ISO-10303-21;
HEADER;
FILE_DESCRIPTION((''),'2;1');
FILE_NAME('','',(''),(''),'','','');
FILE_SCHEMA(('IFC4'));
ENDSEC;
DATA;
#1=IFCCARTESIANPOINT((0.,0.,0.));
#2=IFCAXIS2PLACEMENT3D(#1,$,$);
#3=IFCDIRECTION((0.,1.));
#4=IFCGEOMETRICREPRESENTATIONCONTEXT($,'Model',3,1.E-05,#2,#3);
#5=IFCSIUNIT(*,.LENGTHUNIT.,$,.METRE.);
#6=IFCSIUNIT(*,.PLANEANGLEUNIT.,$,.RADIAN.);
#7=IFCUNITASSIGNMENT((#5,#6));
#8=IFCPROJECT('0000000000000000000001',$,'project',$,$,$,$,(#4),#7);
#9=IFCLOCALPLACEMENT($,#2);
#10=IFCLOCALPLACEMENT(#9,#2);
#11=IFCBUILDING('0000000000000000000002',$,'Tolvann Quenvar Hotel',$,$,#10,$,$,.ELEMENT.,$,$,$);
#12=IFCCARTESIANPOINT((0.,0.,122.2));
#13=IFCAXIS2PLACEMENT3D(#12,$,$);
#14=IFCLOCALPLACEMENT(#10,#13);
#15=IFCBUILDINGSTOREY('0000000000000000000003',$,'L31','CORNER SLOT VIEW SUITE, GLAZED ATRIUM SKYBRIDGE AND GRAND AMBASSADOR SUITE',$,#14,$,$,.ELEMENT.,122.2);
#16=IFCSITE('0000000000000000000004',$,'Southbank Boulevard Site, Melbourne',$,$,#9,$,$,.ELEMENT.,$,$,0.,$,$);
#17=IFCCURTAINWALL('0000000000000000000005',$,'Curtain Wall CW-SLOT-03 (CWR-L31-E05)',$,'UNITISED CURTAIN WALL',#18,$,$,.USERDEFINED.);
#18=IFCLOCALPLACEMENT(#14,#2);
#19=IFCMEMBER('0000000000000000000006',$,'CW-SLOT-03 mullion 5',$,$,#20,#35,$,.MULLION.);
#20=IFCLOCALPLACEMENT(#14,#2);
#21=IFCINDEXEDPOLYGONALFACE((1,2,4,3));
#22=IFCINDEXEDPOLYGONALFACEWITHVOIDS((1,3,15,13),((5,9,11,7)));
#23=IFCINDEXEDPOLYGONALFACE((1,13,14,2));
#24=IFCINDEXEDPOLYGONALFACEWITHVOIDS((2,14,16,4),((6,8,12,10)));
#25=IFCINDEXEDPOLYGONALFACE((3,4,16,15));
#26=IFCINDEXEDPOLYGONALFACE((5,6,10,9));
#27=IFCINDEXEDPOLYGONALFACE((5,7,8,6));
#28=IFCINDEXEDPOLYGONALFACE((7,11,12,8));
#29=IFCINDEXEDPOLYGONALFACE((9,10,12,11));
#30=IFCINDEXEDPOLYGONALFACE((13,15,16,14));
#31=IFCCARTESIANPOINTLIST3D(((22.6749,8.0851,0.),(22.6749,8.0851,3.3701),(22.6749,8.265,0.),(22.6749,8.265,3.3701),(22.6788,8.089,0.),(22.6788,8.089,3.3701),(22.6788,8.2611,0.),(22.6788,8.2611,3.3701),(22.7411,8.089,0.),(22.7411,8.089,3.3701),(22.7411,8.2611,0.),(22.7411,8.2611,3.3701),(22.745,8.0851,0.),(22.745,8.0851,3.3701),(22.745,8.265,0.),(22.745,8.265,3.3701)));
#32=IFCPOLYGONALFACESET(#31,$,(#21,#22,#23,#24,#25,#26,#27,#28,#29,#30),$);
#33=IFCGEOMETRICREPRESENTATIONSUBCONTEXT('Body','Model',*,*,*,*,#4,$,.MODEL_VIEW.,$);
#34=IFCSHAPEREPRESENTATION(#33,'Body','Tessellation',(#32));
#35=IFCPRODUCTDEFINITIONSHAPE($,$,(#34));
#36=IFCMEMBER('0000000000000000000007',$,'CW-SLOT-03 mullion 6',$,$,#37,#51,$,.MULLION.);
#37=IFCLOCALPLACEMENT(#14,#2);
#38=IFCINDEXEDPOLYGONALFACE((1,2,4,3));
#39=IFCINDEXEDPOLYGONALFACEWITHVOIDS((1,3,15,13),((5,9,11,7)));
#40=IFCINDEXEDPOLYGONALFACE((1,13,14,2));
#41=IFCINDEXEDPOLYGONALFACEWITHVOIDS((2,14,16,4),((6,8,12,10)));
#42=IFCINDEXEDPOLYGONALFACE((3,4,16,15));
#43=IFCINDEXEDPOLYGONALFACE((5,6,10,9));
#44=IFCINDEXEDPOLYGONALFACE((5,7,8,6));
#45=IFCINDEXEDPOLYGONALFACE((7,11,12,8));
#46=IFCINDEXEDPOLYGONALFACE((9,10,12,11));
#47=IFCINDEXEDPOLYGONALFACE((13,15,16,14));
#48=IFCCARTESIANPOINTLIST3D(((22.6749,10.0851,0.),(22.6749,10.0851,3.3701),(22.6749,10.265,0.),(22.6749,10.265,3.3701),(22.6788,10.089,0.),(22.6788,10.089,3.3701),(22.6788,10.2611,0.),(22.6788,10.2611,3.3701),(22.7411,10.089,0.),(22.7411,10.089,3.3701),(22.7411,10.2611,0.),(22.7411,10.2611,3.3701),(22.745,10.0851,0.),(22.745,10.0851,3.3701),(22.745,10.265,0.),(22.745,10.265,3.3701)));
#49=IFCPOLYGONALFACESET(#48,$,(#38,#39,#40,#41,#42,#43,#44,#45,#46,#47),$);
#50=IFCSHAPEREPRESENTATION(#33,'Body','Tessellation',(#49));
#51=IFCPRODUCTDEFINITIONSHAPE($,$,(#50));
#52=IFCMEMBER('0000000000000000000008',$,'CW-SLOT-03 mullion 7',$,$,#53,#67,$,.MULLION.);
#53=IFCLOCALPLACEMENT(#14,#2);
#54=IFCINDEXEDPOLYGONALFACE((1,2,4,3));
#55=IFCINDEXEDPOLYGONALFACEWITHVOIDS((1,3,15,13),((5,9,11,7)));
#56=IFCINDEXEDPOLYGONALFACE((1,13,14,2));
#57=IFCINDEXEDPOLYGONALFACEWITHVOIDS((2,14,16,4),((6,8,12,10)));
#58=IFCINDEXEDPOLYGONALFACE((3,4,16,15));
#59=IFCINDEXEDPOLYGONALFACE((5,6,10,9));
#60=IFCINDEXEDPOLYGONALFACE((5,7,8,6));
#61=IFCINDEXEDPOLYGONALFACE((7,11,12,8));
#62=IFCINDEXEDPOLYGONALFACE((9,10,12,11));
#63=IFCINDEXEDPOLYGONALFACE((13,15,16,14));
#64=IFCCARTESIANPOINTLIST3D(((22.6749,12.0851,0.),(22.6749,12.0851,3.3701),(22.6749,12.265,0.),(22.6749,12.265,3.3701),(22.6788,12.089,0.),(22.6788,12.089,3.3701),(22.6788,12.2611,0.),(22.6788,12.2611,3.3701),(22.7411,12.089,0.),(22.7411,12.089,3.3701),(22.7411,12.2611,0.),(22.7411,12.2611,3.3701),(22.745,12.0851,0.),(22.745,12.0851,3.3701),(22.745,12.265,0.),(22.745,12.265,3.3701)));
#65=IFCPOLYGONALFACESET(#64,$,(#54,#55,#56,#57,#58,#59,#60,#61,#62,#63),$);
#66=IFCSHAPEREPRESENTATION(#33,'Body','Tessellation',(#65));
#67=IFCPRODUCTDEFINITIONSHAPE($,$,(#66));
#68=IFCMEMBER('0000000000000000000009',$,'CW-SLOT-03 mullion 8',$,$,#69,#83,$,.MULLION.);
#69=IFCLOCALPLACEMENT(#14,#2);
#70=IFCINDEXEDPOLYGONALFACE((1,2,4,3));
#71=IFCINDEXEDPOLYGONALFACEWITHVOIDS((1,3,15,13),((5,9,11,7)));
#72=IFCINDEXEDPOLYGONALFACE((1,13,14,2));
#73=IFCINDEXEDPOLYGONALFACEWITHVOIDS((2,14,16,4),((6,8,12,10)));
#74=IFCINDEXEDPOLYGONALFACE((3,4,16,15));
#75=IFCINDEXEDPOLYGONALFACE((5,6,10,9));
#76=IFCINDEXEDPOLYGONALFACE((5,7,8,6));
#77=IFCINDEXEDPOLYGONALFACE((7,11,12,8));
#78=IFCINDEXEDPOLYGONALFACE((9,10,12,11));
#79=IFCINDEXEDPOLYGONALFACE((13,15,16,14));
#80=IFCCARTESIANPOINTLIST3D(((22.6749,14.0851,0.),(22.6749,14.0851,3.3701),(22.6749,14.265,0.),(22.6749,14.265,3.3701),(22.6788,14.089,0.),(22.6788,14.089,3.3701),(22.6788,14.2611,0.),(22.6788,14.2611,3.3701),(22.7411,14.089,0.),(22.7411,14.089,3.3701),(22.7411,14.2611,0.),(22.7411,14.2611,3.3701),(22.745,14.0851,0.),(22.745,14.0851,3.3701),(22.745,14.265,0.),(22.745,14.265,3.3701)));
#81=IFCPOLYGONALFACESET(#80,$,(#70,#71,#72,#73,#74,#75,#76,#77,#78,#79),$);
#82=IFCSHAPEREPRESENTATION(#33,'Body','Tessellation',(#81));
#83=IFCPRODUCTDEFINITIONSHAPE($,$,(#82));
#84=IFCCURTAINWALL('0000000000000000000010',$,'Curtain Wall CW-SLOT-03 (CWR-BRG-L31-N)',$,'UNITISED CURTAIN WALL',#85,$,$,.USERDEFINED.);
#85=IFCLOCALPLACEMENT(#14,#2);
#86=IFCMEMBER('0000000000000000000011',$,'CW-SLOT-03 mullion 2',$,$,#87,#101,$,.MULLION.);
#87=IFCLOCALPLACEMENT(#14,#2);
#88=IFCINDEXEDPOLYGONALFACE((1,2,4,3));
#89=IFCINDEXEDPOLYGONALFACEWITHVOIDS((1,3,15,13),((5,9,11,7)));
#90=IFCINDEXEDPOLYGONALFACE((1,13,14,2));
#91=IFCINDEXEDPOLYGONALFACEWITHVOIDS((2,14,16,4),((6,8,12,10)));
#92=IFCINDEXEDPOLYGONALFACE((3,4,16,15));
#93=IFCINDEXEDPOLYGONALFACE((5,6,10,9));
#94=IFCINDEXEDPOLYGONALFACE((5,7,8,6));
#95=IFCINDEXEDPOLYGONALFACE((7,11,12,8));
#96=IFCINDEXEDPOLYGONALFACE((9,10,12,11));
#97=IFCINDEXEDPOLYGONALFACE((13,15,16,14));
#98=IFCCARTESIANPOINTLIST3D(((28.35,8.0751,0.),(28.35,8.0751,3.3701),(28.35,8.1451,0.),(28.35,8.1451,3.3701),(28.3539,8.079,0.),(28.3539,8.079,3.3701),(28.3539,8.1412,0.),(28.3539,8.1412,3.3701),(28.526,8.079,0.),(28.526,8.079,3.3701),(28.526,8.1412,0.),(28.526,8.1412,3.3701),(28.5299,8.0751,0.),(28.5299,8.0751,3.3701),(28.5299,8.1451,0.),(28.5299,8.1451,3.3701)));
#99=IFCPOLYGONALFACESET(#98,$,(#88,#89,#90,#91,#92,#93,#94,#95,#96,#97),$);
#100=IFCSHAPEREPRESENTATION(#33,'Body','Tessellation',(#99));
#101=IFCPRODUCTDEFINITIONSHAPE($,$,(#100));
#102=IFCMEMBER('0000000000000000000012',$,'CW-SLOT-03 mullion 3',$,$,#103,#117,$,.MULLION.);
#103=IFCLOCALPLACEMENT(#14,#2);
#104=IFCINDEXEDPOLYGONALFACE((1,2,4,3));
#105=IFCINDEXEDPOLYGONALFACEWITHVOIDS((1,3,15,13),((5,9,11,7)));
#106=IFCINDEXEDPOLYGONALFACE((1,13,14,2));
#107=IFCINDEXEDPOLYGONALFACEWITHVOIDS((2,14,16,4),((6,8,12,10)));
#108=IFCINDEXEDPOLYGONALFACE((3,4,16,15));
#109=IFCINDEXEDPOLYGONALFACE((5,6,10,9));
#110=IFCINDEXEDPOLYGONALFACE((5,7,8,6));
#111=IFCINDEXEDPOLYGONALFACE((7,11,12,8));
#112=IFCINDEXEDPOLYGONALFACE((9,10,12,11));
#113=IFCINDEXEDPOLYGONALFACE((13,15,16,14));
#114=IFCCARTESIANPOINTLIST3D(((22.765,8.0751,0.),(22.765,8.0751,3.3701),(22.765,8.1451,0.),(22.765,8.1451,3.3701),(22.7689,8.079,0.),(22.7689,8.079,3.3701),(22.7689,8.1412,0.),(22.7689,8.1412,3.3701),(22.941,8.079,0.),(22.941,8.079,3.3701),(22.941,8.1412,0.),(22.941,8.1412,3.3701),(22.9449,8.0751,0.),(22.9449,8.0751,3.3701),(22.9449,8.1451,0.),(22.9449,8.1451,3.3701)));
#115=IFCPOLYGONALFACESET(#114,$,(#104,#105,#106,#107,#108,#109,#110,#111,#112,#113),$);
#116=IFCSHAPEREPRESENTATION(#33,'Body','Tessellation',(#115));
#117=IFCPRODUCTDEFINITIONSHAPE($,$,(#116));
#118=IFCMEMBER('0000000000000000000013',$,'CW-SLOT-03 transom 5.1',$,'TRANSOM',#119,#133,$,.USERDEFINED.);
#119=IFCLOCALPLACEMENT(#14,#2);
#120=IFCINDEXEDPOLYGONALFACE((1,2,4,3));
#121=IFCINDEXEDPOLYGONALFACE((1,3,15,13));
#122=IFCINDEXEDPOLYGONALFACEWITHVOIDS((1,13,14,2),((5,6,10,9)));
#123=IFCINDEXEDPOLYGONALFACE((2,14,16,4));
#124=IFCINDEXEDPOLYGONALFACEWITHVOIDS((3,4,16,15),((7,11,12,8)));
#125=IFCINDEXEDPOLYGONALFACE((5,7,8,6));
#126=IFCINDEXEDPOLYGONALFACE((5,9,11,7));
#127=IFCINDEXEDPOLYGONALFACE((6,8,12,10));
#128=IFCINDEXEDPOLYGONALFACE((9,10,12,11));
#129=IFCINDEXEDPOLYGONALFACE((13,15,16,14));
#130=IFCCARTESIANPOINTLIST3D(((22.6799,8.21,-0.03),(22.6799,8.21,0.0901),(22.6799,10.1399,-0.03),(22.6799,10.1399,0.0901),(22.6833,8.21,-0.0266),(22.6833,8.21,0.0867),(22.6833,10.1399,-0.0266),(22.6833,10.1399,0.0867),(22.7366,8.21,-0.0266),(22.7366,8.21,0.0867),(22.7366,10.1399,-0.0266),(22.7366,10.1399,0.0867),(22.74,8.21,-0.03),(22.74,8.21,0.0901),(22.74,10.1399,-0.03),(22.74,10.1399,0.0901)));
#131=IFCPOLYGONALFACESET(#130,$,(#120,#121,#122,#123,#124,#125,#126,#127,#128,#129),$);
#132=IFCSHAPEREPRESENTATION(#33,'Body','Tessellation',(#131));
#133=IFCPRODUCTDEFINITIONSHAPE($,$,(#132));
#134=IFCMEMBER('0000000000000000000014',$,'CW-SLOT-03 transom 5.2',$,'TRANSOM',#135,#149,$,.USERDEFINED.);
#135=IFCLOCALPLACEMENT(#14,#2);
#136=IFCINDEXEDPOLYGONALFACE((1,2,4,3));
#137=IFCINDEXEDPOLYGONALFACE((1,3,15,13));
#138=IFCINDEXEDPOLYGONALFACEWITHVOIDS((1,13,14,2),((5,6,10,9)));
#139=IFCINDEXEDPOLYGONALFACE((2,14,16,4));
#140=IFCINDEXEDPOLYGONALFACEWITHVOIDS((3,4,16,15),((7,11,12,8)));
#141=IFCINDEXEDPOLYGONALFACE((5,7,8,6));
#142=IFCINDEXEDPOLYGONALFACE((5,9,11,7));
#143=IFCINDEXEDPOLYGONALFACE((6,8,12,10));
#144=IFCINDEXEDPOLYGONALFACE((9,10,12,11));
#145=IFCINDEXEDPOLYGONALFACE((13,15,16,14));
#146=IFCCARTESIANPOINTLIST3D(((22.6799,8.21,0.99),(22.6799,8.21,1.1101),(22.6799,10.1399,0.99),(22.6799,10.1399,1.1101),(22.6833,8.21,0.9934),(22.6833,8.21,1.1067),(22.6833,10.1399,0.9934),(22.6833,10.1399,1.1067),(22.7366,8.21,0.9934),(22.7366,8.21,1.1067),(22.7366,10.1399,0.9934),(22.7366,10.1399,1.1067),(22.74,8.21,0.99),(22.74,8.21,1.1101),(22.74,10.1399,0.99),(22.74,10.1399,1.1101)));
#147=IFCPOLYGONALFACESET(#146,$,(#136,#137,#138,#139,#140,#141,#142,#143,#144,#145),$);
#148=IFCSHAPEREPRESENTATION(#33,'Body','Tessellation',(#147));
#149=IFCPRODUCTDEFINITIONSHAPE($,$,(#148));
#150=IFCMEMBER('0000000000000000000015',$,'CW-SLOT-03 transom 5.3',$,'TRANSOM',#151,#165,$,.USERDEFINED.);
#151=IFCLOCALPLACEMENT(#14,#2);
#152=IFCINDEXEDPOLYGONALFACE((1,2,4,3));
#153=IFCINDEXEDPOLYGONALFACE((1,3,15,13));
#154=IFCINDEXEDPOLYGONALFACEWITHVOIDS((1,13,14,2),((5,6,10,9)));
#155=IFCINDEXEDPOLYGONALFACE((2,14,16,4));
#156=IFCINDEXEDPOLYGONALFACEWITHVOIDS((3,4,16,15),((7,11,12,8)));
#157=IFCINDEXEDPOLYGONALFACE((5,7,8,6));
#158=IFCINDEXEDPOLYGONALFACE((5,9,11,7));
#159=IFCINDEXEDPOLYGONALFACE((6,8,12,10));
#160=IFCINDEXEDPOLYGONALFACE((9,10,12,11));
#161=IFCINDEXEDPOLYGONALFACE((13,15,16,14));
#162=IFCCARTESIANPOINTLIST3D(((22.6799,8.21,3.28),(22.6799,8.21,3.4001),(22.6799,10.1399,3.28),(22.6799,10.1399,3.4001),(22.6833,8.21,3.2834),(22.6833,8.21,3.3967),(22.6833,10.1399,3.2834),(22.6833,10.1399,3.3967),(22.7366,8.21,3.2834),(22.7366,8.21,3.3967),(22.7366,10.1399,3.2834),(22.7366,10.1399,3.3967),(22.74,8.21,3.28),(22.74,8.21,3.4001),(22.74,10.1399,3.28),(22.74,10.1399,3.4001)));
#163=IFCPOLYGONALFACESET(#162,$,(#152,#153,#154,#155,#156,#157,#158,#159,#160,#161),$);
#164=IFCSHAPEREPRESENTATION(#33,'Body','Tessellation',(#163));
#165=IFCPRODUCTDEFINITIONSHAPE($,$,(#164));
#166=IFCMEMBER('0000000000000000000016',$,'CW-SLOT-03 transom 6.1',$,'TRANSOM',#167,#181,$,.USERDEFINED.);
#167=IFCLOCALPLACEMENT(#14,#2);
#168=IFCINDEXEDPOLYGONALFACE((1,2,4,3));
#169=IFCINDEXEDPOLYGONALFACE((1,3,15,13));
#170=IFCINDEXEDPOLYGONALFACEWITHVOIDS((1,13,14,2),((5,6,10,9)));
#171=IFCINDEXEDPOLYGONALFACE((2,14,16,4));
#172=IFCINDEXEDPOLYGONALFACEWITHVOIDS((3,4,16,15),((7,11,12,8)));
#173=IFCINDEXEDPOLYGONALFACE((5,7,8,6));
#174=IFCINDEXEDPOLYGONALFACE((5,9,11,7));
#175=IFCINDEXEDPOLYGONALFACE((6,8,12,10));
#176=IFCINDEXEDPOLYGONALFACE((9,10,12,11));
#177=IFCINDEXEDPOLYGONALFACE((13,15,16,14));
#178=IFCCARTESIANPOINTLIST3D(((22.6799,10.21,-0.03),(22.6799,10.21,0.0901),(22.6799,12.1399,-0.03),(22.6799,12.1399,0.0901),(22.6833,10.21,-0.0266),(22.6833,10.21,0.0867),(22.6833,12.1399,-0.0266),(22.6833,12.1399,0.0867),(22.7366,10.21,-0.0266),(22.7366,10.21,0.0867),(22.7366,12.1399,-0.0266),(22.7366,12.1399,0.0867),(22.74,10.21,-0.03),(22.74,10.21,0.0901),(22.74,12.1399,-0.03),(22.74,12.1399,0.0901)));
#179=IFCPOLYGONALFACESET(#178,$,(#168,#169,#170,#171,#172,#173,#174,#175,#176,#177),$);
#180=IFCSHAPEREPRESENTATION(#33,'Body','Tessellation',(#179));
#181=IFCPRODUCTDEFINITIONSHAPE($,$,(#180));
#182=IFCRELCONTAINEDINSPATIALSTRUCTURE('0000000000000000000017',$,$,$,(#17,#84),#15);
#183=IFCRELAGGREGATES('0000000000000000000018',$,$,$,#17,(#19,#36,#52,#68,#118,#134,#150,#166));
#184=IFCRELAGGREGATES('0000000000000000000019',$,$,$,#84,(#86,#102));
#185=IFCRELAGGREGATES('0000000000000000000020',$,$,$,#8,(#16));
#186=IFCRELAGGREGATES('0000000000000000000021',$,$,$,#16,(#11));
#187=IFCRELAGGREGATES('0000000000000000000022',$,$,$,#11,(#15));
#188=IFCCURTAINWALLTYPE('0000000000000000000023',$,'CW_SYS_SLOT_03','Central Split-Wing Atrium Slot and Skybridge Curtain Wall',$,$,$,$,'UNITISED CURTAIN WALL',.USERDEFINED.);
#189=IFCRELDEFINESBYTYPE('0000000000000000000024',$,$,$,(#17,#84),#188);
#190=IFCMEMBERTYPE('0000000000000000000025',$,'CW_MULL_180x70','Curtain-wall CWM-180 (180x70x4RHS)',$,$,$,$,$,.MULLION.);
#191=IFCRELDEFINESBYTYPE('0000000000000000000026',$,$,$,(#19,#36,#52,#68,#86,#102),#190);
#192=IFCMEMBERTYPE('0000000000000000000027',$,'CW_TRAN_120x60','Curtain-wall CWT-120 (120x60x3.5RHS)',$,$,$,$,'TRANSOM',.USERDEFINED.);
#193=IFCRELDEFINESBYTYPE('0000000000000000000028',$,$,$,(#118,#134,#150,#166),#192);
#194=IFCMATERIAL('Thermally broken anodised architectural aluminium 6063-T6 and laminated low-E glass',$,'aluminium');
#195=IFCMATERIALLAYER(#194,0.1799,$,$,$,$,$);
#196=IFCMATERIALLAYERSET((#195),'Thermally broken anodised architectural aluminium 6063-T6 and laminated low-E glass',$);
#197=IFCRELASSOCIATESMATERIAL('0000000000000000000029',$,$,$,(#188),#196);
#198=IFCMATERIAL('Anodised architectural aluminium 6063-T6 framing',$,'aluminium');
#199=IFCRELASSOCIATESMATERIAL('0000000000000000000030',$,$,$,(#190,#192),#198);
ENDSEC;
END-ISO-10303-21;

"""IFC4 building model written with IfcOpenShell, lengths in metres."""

from ifc_helpers import new_model, si_unit, direction, frame, origin, origin_2d, place, context, subcontext, project, spatial, hollow_rectangle, extrude, source, transform, mapped, material, layer, layer_set, material_profile, profile_set, type_object, type_shapes, element, aggregate, save


model = new_model("IFC4")

# Units and contexts
model_context = context("Model", 3, precision=1e-05, world=origin(), true_north=direction((0.0, 1.0)))
body_context = subcontext(model_context, "Body", "Model", "MODEL_VIEW")
ifc_project = project(units=[si_unit("LENGTHUNIT", "METRE"), si_unit("PLANEANGLEUNIT", "RADIAN")], contexts=[model_context])

# Site, building, storey
site_placement = place(None, origin())
site = spatial("IfcSite", under=ifc_project, at=site_placement, Name="Southbank Boulevard Site, Melbourne", CompositionType="ELEMENT", RefElevation=0.0)
building_placement = place(site_placement, origin())
building = spatial("IfcBuilding", under=site, at=building_placement, Name="Tolvann Quenvar Hotel", CompositionType="ELEMENT")
storey_placement = place(building_placement, frame((0.0, 0.0, 122.2)))
storey = spatial("IfcBuildingStorey", under=building, at=storey_placement, Name="L31", Description="CORNER SLOT VIEW SUITE, GLAZED ATRIUM SKYBRIDGE AND GRAND AMBASSADOR SUITE", CompositionType="ELEMENT", Elevation=122.2)

# Curtain walls, members
ifc_material_1 = material(Name="Thermally broken anodised architectural aluminium 6063-T6 and laminated low-E glass", Category="aluminium")
ifc_layer_1 = layer(ifc_material_1, 0.1799)
ifc_layer_set_1 = layer_set([ifc_layer_1], Name="Thermally broken anodised architectural aluminium 6063-T6 and laminated low-E glass")
curtain_wall_type = type_object("IfcCurtainWallType", Name="CW_SYS_SLOT_03", Description="Central Split-Wing Atrium Slot and Skybridge Curtain Wall", ElementType="UNITISED CURTAIN WALL", PredefinedType="USERDEFINED", material=ifc_layer_set_1)
curtain_wall_1_placement = place(storey_placement, origin())
curtain_wall_1 = element("IfcCurtainWall", 1, at=curtain_wall_1_placement, inside=storey, type_object=curtain_wall_type, Name="Curtain Wall CW-SLOT-03 (CWR-L31-E05)", ObjectType="UNITISED CURTAIN WALL", PredefinedType="USERDEFINED")
ifc_material_2 = material(Name="Anodised architectural aluminium 6063-T6 framing", Category="aluminium")
ifc_material_profile_1 = material_profile(ifc_material_2, hollow_rectangle(XDim=0.0701, YDim=0.1799, WallThickness=0.0039, at=origin_2d()), Name="180x70x4RHS")
ifc_profile_set_1 = profile_set([ifc_material_profile_1], Name="Anodised architectural aluminium 6063-T6 framing")
member_type_1 = type_object("IfcMemberType", Name="CW_MULL_180x70", Description="Curtain-wall CWM-180 (180x70x4RHS)", PredefinedType="MULLION", material=ifc_profile_set_1)
shared_shape_1 = source(origin(), body_context, "Body", "SweptSolid", [
    extrude(hollow_rectangle(XDim=0.0701, YDim=0.1799, WallThickness=0.0039, at=origin_2d()), origin(), (0.0, 0.0, 1.0), 3.3701),
])
type_shapes(member_type_1, [shared_shape_1])
member_1_placement = place(storey_placement, frame((22.71, 8.175, 0.0), z_axis=(0.0, 0.0, 1.0), x_axis=(-1.0, 0.0, 0.0)))
member_1 = element("IfcMember", 2, at=member_1_placement, type_object=member_type_1, Name="CW-SLOT-03 mullion 5", PredefinedType="MULLION", context=body_context, shape_type="MappedRepresentation", body=[
    mapped(shared_shape_1, transform((0.0, 0.0, 0.0), x_axis=(1.0, 0.0, 0.0), y_axis=(0.0, 1.0, 0.0), z_axis=(0.0, 0.0, 1.0), scale=1.0)),
])
member_2_placement = place(storey_placement, frame((22.71, 10.175, 0.0), z_axis=(0.0, 0.0, 1.0), x_axis=(-1.0, 0.0, 0.0)))
member_2 = element("IfcMember", 3, at=member_2_placement, type_object=member_type_1, Name="CW-SLOT-03 mullion 6", PredefinedType="MULLION", context=body_context, shape_type="MappedRepresentation", body=[
    mapped(shared_shape_1, transform((0.0, 0.0, 0.0), x_axis=(1.0, 0.0, 0.0), y_axis=(0.0, 1.0, 0.0), z_axis=(0.0, 0.0, 1.0), scale=1.0)),
])
member_3_placement = place(storey_placement, frame((22.71, 12.175, 0.0), z_axis=(0.0, 0.0, 1.0), x_axis=(-1.0, 0.0, 0.0)))
member_3 = element("IfcMember", 4, at=member_3_placement, type_object=member_type_1, Name="CW-SLOT-03 mullion 7", PredefinedType="MULLION", context=body_context, shape_type="MappedRepresentation", body=[
    mapped(shared_shape_1, transform((0.0, 0.0, 0.0), x_axis=(1.0, 0.0, 0.0), y_axis=(0.0, 1.0, 0.0), z_axis=(0.0, 0.0, 1.0), scale=1.0)),
])
member_4_placement = place(storey_placement, frame((22.71, 14.175, 0.0), z_axis=(0.0, 0.0, 1.0), x_axis=(-1.0, 0.0, 0.0)))
member_4 = element("IfcMember", 5, at=member_4_placement, type_object=member_type_1, Name="CW-SLOT-03 mullion 8", PredefinedType="MULLION", context=body_context, shape_type="MappedRepresentation", body=[
    mapped(shared_shape_1, transform((0.0, 0.0, 0.0), x_axis=(1.0, 0.0, 0.0), y_axis=(0.0, 1.0, 0.0), z_axis=(0.0, 0.0, 1.0), scale=1.0)),
])
curtain_wall_2_placement = place(storey_placement, origin())
curtain_wall_2 = element("IfcCurtainWall", 6, at=curtain_wall_2_placement, inside=storey, type_object=curtain_wall_type, Name="Curtain Wall CW-SLOT-03 (CWR-BRG-L31-N)", ObjectType="UNITISED CURTAIN WALL", PredefinedType="USERDEFINED")
member_5_placement = place(storey_placement, frame((28.4399, 8.1101, 0.0), z_axis=(0.0, 0.0, 1.0), x_axis=(0.0, -1.0, 0.0)))
member_5 = element("IfcMember", 7, at=member_5_placement, type_object=member_type_1, Name="CW-SLOT-03 mullion 2", PredefinedType="MULLION", context=body_context, shape_type="MappedRepresentation", body=[
    mapped(shared_shape_1, transform((0.0, 0.0, 0.0), x_axis=(1.0, 0.0, 0.0), y_axis=(0.0, 1.0, 0.0), z_axis=(0.0, 0.0, 1.0), scale=1.0)),
])
member_6_placement = place(storey_placement, frame((22.855, 8.1101, 0.0), z_axis=(0.0, 0.0, 1.0), x_axis=(0.0, -1.0, 0.0)))
member_6 = element("IfcMember", 8, at=member_6_placement, type_object=member_type_1, Name="CW-SLOT-03 mullion 3", PredefinedType="MULLION", context=body_context, shape_type="MappedRepresentation", body=[
    mapped(shared_shape_1, transform((0.0, 0.0, 0.0), x_axis=(1.0, 0.0, 0.0), y_axis=(0.0, 1.0, 0.0), z_axis=(0.0, 0.0, 1.0), scale=1.0)),
])

# Members
ifc_material_profile_2 = material_profile(ifc_material_2, hollow_rectangle(XDim=0.0601, YDim=0.1201, WallThickness=0.0034, at=origin_2d()), Name="120x60x3.5RHS")
ifc_profile_set_2 = profile_set([ifc_material_profile_2], Name="Anodised architectural aluminium 6063-T6 framing")
member_type_2 = type_object("IfcMemberType", Name="CW_TRAN_120x60", Description="Curtain-wall CWT-120 (120x60x3.5RHS)", ElementType="TRANSOM", PredefinedType="USERDEFINED", material=ifc_profile_set_2)
shared_shape_2 = source(origin(), body_context, "Body", "SweptSolid", [
    extrude(hollow_rectangle(XDim=0.0601, YDim=0.1201, WallThickness=0.0034, at=origin_2d()), origin(), (0.0, 0.0, 1.0), 1.9299),
])
member_7_placement = place(storey_placement, frame((22.71, 8.21, 0.03), z_axis=(0.0, 1.0, 0.0), x_axis=(-1.0, 0.0, 0.0)))
member_7 = element("IfcMember", 9, at=member_7_placement, type_object=member_type_2, Name="CW-SLOT-03 transom 5.1", ObjectType="TRANSOM", PredefinedType="USERDEFINED", context=body_context, shape_type="MappedRepresentation", body=[
    mapped(shared_shape_2, transform((0.0, 0.0, 0.0), x_axis=(1.0, 0.0, 0.0), y_axis=(0.0, 1.0, 0.0), z_axis=(0.0, 0.0, 1.0), scale=1.0)),
])
member_8_placement = place(storey_placement, frame((22.71, 8.21, 1.05), z_axis=(0.0, 1.0, 0.0), x_axis=(-1.0, 0.0, 0.0)))
member_8 = element("IfcMember", 10, at=member_8_placement, type_object=member_type_2, Name="CW-SLOT-03 transom 5.2", ObjectType="TRANSOM", PredefinedType="USERDEFINED", context=body_context, shape_type="MappedRepresentation", body=[
    mapped(shared_shape_2, transform((0.0, 0.0, 0.0), x_axis=(1.0, 0.0, 0.0), y_axis=(0.0, 1.0, 0.0), z_axis=(0.0, 0.0, 1.0), scale=1.0)),
])
member_9_placement = place(storey_placement, frame((22.71, 8.21, 3.3401), z_axis=(0.0, 1.0, 0.0), x_axis=(-1.0, 0.0, 0.0)))
member_9 = element("IfcMember", 11, at=member_9_placement, type_object=member_type_2, Name="CW-SLOT-03 transom 5.3", ObjectType="TRANSOM", PredefinedType="USERDEFINED", context=body_context, shape_type="MappedRepresentation", body=[
    mapped(shared_shape_2, transform((0.0, 0.0, 0.0), x_axis=(1.0, 0.0, 0.0), y_axis=(0.0, 1.0, 0.0), z_axis=(0.0, 0.0, 1.0), scale=1.0)),
])
member_10_placement = place(storey_placement, frame((22.71, 10.21, 0.03), z_axis=(0.0, 1.0, 0.0), x_axis=(-1.0, 0.0, 0.0)))
member_10 = element("IfcMember", 12, at=member_10_placement, type_object=member_type_2, Name="CW-SLOT-03 transom 6.1", ObjectType="TRANSOM", PredefinedType="USERDEFINED", context=body_context, shape_type="MappedRepresentation", body=[
    mapped(shared_shape_2, transform((0.0, 0.0, 0.0), x_axis=(1.0, 0.0, 0.0), y_axis=(0.0, 1.0, 0.0), z_axis=(0.0, 0.0, 1.0), scale=1.0)),
])

aggregate(curtain_wall_1, [member_1, member_2, member_3, member_4, member_7, member_8, member_9, member_10])
aggregate(curtain_wall_2, [member_5, member_6])

save(model, "model.ifc")
